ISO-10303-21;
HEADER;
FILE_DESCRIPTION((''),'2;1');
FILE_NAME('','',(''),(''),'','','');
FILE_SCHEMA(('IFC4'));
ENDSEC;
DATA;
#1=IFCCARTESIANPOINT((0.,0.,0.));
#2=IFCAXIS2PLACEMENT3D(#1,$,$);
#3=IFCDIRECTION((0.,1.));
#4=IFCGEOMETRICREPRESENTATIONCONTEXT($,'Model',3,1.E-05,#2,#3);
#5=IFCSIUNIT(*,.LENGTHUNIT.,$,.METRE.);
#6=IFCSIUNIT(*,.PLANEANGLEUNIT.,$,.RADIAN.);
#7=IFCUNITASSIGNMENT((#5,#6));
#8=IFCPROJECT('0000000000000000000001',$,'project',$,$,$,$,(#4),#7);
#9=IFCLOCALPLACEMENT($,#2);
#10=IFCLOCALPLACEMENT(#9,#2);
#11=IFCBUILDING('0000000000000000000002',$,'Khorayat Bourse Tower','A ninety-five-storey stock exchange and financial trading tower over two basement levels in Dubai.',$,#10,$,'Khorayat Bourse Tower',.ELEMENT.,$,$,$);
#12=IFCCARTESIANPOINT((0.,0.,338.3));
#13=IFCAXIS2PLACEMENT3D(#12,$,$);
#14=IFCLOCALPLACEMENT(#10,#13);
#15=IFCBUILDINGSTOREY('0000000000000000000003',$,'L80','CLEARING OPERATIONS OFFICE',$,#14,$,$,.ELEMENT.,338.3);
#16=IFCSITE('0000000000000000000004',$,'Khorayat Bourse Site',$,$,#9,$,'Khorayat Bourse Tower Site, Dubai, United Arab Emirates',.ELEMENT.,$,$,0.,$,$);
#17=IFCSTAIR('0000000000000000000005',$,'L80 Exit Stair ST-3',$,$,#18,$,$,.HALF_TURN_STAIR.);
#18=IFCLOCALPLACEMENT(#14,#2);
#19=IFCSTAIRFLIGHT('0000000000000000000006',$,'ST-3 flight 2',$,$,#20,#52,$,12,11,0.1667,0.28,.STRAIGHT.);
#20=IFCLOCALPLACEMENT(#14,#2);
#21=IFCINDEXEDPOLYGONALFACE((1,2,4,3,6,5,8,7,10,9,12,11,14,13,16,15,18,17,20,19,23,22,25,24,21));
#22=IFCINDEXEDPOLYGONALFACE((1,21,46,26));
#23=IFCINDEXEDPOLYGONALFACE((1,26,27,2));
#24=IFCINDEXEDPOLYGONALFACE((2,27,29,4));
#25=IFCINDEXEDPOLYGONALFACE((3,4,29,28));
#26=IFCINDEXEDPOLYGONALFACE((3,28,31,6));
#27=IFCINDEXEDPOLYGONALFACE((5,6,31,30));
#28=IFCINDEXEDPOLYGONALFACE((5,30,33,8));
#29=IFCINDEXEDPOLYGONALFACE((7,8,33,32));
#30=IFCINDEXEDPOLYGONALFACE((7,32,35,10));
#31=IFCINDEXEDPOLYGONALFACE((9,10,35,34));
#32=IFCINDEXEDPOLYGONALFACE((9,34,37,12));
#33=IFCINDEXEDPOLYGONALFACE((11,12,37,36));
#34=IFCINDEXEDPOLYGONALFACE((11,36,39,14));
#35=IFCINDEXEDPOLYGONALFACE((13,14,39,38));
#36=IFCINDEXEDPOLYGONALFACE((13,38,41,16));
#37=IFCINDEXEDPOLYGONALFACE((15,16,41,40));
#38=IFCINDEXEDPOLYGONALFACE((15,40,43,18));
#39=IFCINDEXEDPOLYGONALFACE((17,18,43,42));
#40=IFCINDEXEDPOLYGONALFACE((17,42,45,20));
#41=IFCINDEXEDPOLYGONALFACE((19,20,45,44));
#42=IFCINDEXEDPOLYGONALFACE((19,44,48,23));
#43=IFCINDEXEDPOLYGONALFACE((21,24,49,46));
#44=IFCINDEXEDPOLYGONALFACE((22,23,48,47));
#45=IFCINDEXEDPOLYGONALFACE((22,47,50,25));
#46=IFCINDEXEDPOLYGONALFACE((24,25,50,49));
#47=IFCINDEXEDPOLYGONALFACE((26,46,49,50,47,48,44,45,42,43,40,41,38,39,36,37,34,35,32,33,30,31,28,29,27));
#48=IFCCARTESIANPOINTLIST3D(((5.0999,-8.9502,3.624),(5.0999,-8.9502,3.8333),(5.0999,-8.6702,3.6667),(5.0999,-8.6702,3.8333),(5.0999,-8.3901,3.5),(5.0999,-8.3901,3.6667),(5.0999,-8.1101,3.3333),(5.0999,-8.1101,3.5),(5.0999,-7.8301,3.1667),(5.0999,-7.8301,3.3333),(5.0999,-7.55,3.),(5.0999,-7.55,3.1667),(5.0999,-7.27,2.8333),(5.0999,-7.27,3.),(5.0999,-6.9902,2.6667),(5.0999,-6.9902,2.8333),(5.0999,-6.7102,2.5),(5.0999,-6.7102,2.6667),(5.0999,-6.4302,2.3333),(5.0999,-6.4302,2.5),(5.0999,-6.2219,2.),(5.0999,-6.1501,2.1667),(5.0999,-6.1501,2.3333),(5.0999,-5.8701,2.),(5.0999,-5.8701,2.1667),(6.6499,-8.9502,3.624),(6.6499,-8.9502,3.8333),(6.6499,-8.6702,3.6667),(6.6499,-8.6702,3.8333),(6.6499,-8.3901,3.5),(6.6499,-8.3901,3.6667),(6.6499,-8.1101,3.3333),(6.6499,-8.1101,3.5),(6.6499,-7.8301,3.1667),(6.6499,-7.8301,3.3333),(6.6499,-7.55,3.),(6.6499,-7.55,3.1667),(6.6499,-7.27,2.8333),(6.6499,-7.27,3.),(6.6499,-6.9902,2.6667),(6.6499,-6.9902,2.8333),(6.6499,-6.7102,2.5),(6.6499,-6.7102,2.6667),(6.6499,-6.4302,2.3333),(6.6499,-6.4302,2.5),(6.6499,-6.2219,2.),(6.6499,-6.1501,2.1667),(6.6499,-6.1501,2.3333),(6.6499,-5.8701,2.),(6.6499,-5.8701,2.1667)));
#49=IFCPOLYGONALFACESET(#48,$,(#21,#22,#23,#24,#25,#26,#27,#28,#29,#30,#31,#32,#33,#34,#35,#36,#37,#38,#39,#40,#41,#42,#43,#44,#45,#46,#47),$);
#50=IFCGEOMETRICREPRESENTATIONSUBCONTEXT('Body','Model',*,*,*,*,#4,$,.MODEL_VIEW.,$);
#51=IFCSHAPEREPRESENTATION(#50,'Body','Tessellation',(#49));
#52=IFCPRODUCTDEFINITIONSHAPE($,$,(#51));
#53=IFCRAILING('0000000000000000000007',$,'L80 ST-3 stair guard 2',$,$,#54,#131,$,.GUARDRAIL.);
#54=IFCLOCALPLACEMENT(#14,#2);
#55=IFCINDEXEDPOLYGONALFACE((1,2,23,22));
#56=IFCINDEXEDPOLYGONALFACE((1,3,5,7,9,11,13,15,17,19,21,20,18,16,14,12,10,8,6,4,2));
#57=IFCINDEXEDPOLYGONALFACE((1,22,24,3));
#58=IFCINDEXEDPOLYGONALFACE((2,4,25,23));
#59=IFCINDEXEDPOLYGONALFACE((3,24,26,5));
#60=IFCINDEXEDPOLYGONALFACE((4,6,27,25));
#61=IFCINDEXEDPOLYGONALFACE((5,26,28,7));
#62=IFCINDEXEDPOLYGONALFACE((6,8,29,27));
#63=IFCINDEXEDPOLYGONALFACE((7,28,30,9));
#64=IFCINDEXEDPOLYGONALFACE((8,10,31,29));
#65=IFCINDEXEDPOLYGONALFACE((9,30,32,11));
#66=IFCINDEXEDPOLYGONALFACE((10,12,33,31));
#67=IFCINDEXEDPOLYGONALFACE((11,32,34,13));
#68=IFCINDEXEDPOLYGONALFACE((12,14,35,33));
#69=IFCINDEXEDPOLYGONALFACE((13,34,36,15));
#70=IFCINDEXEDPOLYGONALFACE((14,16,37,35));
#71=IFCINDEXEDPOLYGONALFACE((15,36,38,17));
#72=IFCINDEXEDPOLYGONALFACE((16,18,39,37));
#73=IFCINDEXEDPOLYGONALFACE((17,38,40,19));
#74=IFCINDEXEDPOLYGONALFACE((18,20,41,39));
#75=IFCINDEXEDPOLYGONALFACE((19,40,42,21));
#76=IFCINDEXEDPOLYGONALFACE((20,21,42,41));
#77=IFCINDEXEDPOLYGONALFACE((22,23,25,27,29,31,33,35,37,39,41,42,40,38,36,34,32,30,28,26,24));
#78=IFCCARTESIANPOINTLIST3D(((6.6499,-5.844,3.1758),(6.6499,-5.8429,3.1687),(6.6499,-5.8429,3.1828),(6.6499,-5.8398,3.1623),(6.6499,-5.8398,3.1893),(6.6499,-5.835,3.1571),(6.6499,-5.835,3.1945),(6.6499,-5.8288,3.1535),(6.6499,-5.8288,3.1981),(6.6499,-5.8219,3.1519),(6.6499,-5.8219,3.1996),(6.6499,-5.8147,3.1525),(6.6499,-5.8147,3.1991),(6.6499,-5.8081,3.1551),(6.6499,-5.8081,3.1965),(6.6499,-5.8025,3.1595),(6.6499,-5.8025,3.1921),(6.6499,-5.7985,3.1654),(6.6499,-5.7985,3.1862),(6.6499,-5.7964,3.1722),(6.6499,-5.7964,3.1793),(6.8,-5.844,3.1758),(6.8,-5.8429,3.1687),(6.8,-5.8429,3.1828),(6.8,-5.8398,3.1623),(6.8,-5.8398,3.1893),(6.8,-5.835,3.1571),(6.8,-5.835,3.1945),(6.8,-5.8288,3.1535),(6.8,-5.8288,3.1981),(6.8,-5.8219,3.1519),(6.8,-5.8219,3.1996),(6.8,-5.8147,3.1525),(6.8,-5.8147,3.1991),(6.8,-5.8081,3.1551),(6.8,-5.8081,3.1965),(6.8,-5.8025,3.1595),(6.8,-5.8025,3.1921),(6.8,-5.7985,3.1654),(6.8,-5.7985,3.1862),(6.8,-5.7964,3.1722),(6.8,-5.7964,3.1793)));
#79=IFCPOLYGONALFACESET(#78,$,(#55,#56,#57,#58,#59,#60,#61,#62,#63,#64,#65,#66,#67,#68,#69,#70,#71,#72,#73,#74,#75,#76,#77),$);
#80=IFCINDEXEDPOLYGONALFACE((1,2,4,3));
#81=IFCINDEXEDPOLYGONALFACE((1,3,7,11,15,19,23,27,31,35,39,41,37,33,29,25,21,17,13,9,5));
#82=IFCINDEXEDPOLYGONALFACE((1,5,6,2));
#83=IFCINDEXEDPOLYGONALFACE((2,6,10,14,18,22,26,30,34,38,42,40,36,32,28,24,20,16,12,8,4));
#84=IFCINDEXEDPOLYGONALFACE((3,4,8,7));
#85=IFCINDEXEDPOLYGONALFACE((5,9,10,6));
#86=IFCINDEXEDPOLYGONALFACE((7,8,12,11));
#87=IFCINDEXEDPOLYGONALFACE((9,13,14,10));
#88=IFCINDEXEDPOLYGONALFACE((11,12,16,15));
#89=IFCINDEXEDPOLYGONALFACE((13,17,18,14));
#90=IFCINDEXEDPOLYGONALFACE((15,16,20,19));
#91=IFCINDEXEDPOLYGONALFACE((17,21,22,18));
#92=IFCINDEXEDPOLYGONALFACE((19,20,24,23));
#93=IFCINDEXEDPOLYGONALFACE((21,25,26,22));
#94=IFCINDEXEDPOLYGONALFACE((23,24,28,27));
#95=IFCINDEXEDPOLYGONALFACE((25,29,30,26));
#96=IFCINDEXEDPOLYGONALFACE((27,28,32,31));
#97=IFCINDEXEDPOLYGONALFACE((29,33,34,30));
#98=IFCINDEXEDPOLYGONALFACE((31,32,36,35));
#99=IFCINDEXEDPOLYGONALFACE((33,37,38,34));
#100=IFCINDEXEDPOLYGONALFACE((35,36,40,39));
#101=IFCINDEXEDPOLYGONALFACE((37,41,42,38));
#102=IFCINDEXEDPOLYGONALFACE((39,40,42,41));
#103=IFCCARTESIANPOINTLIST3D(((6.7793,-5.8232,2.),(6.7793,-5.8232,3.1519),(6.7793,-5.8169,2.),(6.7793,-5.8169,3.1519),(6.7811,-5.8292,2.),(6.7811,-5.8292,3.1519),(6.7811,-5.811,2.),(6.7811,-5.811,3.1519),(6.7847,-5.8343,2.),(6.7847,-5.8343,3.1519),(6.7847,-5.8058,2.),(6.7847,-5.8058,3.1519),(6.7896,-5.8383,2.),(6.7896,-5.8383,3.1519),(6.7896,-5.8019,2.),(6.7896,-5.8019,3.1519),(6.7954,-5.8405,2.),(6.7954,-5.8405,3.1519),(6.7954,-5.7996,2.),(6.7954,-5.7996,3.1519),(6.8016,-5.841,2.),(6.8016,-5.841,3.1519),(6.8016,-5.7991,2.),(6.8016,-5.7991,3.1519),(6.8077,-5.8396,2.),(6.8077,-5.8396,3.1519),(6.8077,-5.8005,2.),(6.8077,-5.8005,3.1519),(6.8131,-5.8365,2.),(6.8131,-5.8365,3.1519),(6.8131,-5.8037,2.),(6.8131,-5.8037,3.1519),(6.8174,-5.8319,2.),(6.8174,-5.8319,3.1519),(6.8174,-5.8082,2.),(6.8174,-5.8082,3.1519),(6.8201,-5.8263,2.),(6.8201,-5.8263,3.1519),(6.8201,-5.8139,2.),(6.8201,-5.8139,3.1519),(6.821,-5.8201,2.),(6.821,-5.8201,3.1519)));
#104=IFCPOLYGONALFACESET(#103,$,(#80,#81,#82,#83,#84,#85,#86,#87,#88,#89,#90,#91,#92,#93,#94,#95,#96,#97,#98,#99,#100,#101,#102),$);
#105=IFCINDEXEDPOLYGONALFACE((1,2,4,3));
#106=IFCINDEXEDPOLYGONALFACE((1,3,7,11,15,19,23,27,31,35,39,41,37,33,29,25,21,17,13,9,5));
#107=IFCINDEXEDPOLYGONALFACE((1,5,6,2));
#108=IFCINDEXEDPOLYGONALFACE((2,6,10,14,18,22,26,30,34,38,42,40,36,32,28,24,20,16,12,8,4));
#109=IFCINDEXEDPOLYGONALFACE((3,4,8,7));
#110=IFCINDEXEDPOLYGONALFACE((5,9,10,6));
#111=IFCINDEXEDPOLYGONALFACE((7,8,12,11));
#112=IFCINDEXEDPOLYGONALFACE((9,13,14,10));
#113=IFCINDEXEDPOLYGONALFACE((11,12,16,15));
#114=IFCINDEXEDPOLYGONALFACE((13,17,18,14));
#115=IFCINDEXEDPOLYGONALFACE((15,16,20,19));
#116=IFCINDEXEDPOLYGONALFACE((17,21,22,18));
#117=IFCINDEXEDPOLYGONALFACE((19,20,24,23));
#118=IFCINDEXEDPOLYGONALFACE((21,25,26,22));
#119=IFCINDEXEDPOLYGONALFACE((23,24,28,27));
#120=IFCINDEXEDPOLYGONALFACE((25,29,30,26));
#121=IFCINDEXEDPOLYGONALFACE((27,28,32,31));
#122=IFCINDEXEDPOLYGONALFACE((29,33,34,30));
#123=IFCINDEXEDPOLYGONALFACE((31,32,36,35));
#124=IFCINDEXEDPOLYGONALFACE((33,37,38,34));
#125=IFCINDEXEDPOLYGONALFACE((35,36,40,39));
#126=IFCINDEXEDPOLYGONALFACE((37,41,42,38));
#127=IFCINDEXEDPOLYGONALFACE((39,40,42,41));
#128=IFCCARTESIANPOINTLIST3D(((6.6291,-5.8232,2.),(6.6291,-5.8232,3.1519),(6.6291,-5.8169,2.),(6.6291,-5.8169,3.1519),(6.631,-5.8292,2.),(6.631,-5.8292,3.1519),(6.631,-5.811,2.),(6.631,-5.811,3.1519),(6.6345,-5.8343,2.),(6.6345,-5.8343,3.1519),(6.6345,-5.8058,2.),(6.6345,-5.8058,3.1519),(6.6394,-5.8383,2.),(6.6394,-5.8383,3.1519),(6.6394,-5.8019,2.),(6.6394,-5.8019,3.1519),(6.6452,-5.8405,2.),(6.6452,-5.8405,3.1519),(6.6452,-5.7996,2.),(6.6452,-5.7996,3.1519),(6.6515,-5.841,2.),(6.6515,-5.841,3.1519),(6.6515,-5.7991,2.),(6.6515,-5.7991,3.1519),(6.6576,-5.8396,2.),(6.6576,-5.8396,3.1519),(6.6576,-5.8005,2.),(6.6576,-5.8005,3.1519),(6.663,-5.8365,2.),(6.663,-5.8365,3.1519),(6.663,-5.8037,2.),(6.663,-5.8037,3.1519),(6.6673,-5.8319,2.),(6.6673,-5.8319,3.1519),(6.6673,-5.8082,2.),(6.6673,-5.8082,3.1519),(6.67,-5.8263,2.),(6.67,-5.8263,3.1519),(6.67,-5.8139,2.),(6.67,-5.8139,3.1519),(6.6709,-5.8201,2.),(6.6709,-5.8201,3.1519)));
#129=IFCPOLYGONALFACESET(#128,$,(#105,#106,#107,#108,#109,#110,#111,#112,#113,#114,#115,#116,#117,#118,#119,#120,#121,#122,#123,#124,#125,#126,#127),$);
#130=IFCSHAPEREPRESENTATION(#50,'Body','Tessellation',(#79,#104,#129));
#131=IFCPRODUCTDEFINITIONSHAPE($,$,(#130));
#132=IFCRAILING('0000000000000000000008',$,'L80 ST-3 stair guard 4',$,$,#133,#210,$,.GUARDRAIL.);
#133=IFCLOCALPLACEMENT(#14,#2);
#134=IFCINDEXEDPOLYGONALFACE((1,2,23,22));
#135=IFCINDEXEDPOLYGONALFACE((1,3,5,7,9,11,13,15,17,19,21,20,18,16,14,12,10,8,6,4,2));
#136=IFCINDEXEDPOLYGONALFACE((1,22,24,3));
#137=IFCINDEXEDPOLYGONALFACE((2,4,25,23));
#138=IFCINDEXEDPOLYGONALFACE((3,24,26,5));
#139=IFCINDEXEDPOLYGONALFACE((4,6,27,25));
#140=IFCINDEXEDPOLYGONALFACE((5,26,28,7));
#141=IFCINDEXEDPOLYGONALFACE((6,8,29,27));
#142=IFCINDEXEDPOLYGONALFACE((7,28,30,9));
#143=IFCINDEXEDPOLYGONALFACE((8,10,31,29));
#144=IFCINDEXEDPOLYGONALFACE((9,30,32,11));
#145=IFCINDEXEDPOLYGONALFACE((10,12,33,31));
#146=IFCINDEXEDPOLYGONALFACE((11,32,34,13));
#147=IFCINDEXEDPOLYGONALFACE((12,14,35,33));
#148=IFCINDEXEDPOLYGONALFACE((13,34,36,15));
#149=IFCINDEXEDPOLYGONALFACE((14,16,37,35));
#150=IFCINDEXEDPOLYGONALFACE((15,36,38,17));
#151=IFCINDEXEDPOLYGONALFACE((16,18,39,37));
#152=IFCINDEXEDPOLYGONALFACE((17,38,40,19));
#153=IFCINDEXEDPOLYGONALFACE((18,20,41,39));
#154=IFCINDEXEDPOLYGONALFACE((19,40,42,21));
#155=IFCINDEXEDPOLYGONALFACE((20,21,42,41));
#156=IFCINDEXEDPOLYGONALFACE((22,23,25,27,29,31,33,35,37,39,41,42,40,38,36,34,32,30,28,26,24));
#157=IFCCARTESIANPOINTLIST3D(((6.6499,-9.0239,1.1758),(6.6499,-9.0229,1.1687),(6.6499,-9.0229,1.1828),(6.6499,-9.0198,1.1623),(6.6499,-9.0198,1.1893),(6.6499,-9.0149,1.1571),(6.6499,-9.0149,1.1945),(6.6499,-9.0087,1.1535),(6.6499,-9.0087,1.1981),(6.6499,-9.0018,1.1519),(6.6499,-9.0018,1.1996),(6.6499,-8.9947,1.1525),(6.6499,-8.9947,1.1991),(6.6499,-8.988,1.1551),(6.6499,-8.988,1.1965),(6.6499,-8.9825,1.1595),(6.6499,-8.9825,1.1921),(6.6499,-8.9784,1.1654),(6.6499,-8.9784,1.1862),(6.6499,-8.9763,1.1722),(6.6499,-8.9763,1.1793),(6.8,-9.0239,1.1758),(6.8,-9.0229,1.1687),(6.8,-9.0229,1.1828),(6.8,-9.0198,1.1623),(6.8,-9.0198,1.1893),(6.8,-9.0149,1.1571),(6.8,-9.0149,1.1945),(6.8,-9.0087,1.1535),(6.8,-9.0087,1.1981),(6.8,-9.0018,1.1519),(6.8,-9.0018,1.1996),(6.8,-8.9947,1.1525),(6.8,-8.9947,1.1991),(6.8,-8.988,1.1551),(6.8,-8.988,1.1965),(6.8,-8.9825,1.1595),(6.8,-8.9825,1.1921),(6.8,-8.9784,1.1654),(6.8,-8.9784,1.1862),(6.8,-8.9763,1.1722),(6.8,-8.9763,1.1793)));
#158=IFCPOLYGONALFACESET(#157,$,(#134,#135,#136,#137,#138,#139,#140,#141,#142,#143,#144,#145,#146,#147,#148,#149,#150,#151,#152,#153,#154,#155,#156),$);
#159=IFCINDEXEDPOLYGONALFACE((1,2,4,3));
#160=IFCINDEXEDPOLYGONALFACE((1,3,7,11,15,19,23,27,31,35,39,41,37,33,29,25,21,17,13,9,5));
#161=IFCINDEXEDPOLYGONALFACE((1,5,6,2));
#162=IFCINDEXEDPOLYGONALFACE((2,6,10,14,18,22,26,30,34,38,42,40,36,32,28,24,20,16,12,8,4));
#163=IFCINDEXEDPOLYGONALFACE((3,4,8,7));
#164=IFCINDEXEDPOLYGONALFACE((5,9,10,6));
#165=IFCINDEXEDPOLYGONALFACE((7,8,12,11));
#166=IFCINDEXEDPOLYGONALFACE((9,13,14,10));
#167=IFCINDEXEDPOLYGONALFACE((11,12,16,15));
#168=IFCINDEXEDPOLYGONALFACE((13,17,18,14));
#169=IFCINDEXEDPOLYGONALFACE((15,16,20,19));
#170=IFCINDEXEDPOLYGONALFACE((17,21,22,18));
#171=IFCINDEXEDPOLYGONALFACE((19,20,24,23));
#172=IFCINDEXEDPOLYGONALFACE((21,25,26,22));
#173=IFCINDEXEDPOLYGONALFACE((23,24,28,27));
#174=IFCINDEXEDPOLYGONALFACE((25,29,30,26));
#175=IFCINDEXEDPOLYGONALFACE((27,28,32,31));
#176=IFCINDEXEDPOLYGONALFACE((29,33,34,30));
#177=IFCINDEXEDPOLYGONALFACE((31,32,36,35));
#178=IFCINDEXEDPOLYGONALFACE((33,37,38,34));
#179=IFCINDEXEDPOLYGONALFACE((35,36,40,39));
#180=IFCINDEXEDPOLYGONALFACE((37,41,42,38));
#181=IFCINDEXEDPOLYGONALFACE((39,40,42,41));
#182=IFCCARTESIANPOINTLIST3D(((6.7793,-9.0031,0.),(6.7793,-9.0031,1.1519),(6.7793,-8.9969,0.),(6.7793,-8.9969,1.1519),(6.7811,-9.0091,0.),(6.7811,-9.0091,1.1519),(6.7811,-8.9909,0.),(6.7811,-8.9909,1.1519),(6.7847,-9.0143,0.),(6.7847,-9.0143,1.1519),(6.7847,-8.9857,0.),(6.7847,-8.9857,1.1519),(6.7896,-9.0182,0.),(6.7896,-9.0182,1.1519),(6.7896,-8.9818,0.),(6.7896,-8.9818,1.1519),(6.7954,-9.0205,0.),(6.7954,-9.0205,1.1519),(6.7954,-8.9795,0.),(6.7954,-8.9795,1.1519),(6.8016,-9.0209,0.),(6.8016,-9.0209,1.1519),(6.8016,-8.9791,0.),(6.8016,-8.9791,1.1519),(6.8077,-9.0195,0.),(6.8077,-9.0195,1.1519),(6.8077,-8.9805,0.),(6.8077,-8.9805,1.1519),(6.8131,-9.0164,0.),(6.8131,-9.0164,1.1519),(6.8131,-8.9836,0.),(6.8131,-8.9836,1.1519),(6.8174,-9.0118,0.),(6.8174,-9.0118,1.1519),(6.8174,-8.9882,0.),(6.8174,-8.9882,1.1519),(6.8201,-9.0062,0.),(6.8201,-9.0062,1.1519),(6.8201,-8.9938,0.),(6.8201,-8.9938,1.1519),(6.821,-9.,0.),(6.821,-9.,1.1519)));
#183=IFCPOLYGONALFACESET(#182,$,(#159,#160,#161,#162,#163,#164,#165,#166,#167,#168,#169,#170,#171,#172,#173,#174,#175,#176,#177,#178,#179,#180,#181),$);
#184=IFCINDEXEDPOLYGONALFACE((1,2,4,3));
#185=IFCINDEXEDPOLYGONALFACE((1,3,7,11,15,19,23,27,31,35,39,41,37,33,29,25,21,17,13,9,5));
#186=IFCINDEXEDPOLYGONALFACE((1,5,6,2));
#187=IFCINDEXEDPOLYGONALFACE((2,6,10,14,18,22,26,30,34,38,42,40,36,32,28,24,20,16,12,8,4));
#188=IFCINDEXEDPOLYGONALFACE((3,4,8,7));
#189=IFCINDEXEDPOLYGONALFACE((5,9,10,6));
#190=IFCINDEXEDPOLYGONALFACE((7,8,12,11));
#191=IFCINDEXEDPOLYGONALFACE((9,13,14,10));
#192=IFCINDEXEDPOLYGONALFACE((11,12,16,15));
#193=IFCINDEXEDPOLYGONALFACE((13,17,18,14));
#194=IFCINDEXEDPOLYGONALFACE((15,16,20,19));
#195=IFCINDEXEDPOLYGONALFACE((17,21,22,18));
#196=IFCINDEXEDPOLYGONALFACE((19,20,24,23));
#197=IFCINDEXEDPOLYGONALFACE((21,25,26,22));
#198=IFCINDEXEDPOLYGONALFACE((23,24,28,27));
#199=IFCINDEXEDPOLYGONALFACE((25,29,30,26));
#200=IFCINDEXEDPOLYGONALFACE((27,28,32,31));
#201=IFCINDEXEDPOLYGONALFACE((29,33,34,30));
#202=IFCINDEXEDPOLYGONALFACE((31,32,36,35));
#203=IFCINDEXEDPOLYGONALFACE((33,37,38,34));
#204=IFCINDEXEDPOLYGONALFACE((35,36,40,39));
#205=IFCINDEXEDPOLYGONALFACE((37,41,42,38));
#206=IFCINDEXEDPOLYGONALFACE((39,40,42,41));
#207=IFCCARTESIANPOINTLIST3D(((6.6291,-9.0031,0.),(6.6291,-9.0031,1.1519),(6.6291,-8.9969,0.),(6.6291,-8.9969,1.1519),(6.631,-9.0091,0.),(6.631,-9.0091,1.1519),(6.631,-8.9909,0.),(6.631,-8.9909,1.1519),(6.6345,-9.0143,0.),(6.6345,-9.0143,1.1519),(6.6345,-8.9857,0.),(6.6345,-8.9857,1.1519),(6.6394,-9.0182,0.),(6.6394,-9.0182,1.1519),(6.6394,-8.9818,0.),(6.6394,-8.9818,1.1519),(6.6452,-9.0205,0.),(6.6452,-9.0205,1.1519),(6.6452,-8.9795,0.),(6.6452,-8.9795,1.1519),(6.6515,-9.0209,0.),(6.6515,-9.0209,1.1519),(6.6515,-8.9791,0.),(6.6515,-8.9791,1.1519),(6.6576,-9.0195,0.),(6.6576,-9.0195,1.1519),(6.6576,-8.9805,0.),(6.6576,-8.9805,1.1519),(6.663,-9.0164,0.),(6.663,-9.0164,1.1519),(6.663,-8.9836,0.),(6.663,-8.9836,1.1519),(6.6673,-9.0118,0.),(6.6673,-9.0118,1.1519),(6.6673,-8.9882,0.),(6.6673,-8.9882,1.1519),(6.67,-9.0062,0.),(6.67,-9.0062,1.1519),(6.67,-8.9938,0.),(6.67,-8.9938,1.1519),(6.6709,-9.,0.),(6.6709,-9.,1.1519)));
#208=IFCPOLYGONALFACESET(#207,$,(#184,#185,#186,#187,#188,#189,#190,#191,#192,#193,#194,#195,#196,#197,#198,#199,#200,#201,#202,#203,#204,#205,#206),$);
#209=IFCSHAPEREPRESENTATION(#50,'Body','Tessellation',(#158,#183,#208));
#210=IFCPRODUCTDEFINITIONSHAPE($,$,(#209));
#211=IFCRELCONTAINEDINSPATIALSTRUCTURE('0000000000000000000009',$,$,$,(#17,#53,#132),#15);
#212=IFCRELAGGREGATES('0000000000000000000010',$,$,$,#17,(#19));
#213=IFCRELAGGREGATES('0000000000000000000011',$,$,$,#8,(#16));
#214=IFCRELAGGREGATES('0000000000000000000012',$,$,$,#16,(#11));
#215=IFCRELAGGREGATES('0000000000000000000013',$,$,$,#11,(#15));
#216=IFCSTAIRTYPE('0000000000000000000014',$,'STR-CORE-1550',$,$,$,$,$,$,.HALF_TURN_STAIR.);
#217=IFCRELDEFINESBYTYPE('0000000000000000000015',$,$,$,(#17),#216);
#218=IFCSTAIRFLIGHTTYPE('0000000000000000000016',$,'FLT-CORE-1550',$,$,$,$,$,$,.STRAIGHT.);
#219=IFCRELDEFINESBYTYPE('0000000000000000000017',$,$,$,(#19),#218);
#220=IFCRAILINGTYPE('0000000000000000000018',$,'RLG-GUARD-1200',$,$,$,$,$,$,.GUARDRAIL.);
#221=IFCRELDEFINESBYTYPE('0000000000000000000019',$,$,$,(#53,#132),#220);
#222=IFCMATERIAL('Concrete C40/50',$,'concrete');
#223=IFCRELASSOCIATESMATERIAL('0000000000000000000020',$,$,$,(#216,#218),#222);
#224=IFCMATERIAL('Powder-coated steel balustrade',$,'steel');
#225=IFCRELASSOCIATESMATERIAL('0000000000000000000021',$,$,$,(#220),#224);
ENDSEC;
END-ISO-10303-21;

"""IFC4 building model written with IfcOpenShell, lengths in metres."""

from ifc_helpers import new_model, si_unit, direction, frame, origin, origin_2d, place, context, subcontext, project, spatial, polyline, circle, outline, extrude, source, transform, mapped, material, type_object, element, aggregate, save


model = new_model("IFC4")

# Units and contexts
model_context = context("Model", 3, precision=1e-05, world=origin(), true_north=direction((0.0, 1.0)))
body_context = subcontext(model_context, "Body", "Model", "MODEL_VIEW")
ifc_project = project(units=[si_unit("LENGTHUNIT", "METRE"), si_unit("PLANEANGLEUNIT", "RADIAN")], contexts=[model_context])

# Site, building, storey
site_placement = place(None, origin())
site = spatial("IfcSite", under=ifc_project, at=site_placement, Name="Khorayat Bourse Site", LongName="Khorayat Bourse Tower Site, Dubai, United Arab Emirates", CompositionType="ELEMENT", RefElevation=0.0)
building_placement = place(site_placement, origin())
building = spatial("IfcBuilding", under=site, at=building_placement, Name="Khorayat Bourse Tower", Description="A ninety-five-storey stock exchange and financial trading tower over two basement levels in Dubai.", LongName="Khorayat Bourse Tower", CompositionType="ELEMENT")
storey_placement = place(building_placement, frame((0.0, 0.0, 338.3)))
storey = spatial("IfcBuildingStorey", under=building, at=storey_placement, Name="L80", Description="CLEARING OPERATIONS OFFICE", CompositionType="ELEMENT", Elevation=338.3)

# Stair, stair flight
ifc_material_1 = material(Name="Concrete C40/50", Category="concrete")
stair_type = type_object("IfcStairType", Name="STR-CORE-1550", PredefinedType="HALF_TURN_STAIR", material=ifc_material_1)
stair_placement = place(storey_placement, origin())
stair = element("IfcStair", 1, at=stair_placement, inside=storey, type_object=stair_type, Name="L80 Exit Stair ST-3", PredefinedType="HALF_TURN_STAIR")
stair_flight_type = type_object("IfcStairFlightType", Name="FLT-CORE-1550", PredefinedType="STRAIGHT", material=ifc_material_1)
shared_shape_1 = source(origin(), body_context, "Body", "SweptSolid", [
    extrude(outline(polyline([(0.0, 0.0), (0.0, 0.1667), (0.28, 0.1667), (0.28, 0.3333), (0.5601, 0.3333), (0.5601, 0.5), (0.8401, 0.5), (0.8401, 0.6667), (1.1201, 0.6667), (1.1201, 0.8333), (1.3999, 0.8333), (1.3999, 1.0), (1.6799, 1.0), (1.6799, 1.1667), (1.96, 1.1667), (1.96, 1.3333), (2.24, 1.3333), (2.24, 1.5), (2.52, 1.5), (2.52, 1.6667), (2.8, 1.6667), (2.8, 1.8333), (3.0801, 1.8333), (3.0801, 2.0), (3.0801, 1.624), (0.3518, 0.0), (0.0, 0.0)])), frame((0.0, 0.7749, 0.0), z_axis=(0.0, -1.0, 0.0), x_axis=(1.0, 0.0, 0.0)), (0.0, 0.0, 1.0), 1.55),
])
stair_flight_1_placement = place(storey_placement, frame((5.875, -5.8701, 2.0), z_axis=(0.0, 0.0, 1.0), x_axis=(0.0, -1.0, 0.0)))
stair_flight_1 = element("IfcStairFlight", 2, at=stair_flight_1_placement, type_object=stair_flight_type, Name="ST-3 flight 2", NumberOfRisers=12, NumberOfTreads=11, PredefinedType="STRAIGHT", RiserHeight=0.1667, TreadLength=0.28, context=body_context, shape_type="MappedRepresentation", body=[
    mapped(shared_shape_1, transform((0.0, 0.0, 0.0), scale=1.0)),
])
aggregate(stair, [stair_flight_1])

# Railings
ifc_material_2 = material(Name="Powder-coated steel balustrade", Category="steel")
railing_type_1 = type_object("IfcRailingType", Name="RLG-GUARD-1200", PredefinedType="GUARDRAIL", material=ifc_material_2)
shared_shape_2 = source(origin(), body_context, "Body", "SweptSolid", [
    extrude(circle(Radius=0.0239, at=origin_2d()), frame((0.0, 0.0, 1.1758), z_axis=(-1.0, 0.0, 0.0), x_axis=(0.0, -1.0, 0.0)), (0.0, 0.0, 1.0), 0.1501),
    extrude(circle(Radius=0.021, at=origin_2d()), origin(), (0.0, 0.0, 1.0), 1.1519),
    extrude(circle(Radius=0.021, at=origin_2d()), frame((-0.1501, 0.0, 0.0)), (0.0, 0.0, 1.0), 1.1519),
])
for number, where, name in (
    (3, (6.8, -5.8201, 2.0), "L80 ST-3 stair guard 2"),
    (4, (6.8, -9.0, 0.0), "L80 ST-3 stair guard 4"),
):
    element("IfcRailing", number, at=place(storey_placement, frame(where)), inside=storey, type_object=railing_type_1, Name=name, PredefinedType="GUARDRAIL", context=body_context, shape_type="MappedRepresentation", body=[
        mapped(shared_shape_2, transform((0.0, 0.0, 0.0), scale=1.0)),
    ])

save(model, "model.ifc")
